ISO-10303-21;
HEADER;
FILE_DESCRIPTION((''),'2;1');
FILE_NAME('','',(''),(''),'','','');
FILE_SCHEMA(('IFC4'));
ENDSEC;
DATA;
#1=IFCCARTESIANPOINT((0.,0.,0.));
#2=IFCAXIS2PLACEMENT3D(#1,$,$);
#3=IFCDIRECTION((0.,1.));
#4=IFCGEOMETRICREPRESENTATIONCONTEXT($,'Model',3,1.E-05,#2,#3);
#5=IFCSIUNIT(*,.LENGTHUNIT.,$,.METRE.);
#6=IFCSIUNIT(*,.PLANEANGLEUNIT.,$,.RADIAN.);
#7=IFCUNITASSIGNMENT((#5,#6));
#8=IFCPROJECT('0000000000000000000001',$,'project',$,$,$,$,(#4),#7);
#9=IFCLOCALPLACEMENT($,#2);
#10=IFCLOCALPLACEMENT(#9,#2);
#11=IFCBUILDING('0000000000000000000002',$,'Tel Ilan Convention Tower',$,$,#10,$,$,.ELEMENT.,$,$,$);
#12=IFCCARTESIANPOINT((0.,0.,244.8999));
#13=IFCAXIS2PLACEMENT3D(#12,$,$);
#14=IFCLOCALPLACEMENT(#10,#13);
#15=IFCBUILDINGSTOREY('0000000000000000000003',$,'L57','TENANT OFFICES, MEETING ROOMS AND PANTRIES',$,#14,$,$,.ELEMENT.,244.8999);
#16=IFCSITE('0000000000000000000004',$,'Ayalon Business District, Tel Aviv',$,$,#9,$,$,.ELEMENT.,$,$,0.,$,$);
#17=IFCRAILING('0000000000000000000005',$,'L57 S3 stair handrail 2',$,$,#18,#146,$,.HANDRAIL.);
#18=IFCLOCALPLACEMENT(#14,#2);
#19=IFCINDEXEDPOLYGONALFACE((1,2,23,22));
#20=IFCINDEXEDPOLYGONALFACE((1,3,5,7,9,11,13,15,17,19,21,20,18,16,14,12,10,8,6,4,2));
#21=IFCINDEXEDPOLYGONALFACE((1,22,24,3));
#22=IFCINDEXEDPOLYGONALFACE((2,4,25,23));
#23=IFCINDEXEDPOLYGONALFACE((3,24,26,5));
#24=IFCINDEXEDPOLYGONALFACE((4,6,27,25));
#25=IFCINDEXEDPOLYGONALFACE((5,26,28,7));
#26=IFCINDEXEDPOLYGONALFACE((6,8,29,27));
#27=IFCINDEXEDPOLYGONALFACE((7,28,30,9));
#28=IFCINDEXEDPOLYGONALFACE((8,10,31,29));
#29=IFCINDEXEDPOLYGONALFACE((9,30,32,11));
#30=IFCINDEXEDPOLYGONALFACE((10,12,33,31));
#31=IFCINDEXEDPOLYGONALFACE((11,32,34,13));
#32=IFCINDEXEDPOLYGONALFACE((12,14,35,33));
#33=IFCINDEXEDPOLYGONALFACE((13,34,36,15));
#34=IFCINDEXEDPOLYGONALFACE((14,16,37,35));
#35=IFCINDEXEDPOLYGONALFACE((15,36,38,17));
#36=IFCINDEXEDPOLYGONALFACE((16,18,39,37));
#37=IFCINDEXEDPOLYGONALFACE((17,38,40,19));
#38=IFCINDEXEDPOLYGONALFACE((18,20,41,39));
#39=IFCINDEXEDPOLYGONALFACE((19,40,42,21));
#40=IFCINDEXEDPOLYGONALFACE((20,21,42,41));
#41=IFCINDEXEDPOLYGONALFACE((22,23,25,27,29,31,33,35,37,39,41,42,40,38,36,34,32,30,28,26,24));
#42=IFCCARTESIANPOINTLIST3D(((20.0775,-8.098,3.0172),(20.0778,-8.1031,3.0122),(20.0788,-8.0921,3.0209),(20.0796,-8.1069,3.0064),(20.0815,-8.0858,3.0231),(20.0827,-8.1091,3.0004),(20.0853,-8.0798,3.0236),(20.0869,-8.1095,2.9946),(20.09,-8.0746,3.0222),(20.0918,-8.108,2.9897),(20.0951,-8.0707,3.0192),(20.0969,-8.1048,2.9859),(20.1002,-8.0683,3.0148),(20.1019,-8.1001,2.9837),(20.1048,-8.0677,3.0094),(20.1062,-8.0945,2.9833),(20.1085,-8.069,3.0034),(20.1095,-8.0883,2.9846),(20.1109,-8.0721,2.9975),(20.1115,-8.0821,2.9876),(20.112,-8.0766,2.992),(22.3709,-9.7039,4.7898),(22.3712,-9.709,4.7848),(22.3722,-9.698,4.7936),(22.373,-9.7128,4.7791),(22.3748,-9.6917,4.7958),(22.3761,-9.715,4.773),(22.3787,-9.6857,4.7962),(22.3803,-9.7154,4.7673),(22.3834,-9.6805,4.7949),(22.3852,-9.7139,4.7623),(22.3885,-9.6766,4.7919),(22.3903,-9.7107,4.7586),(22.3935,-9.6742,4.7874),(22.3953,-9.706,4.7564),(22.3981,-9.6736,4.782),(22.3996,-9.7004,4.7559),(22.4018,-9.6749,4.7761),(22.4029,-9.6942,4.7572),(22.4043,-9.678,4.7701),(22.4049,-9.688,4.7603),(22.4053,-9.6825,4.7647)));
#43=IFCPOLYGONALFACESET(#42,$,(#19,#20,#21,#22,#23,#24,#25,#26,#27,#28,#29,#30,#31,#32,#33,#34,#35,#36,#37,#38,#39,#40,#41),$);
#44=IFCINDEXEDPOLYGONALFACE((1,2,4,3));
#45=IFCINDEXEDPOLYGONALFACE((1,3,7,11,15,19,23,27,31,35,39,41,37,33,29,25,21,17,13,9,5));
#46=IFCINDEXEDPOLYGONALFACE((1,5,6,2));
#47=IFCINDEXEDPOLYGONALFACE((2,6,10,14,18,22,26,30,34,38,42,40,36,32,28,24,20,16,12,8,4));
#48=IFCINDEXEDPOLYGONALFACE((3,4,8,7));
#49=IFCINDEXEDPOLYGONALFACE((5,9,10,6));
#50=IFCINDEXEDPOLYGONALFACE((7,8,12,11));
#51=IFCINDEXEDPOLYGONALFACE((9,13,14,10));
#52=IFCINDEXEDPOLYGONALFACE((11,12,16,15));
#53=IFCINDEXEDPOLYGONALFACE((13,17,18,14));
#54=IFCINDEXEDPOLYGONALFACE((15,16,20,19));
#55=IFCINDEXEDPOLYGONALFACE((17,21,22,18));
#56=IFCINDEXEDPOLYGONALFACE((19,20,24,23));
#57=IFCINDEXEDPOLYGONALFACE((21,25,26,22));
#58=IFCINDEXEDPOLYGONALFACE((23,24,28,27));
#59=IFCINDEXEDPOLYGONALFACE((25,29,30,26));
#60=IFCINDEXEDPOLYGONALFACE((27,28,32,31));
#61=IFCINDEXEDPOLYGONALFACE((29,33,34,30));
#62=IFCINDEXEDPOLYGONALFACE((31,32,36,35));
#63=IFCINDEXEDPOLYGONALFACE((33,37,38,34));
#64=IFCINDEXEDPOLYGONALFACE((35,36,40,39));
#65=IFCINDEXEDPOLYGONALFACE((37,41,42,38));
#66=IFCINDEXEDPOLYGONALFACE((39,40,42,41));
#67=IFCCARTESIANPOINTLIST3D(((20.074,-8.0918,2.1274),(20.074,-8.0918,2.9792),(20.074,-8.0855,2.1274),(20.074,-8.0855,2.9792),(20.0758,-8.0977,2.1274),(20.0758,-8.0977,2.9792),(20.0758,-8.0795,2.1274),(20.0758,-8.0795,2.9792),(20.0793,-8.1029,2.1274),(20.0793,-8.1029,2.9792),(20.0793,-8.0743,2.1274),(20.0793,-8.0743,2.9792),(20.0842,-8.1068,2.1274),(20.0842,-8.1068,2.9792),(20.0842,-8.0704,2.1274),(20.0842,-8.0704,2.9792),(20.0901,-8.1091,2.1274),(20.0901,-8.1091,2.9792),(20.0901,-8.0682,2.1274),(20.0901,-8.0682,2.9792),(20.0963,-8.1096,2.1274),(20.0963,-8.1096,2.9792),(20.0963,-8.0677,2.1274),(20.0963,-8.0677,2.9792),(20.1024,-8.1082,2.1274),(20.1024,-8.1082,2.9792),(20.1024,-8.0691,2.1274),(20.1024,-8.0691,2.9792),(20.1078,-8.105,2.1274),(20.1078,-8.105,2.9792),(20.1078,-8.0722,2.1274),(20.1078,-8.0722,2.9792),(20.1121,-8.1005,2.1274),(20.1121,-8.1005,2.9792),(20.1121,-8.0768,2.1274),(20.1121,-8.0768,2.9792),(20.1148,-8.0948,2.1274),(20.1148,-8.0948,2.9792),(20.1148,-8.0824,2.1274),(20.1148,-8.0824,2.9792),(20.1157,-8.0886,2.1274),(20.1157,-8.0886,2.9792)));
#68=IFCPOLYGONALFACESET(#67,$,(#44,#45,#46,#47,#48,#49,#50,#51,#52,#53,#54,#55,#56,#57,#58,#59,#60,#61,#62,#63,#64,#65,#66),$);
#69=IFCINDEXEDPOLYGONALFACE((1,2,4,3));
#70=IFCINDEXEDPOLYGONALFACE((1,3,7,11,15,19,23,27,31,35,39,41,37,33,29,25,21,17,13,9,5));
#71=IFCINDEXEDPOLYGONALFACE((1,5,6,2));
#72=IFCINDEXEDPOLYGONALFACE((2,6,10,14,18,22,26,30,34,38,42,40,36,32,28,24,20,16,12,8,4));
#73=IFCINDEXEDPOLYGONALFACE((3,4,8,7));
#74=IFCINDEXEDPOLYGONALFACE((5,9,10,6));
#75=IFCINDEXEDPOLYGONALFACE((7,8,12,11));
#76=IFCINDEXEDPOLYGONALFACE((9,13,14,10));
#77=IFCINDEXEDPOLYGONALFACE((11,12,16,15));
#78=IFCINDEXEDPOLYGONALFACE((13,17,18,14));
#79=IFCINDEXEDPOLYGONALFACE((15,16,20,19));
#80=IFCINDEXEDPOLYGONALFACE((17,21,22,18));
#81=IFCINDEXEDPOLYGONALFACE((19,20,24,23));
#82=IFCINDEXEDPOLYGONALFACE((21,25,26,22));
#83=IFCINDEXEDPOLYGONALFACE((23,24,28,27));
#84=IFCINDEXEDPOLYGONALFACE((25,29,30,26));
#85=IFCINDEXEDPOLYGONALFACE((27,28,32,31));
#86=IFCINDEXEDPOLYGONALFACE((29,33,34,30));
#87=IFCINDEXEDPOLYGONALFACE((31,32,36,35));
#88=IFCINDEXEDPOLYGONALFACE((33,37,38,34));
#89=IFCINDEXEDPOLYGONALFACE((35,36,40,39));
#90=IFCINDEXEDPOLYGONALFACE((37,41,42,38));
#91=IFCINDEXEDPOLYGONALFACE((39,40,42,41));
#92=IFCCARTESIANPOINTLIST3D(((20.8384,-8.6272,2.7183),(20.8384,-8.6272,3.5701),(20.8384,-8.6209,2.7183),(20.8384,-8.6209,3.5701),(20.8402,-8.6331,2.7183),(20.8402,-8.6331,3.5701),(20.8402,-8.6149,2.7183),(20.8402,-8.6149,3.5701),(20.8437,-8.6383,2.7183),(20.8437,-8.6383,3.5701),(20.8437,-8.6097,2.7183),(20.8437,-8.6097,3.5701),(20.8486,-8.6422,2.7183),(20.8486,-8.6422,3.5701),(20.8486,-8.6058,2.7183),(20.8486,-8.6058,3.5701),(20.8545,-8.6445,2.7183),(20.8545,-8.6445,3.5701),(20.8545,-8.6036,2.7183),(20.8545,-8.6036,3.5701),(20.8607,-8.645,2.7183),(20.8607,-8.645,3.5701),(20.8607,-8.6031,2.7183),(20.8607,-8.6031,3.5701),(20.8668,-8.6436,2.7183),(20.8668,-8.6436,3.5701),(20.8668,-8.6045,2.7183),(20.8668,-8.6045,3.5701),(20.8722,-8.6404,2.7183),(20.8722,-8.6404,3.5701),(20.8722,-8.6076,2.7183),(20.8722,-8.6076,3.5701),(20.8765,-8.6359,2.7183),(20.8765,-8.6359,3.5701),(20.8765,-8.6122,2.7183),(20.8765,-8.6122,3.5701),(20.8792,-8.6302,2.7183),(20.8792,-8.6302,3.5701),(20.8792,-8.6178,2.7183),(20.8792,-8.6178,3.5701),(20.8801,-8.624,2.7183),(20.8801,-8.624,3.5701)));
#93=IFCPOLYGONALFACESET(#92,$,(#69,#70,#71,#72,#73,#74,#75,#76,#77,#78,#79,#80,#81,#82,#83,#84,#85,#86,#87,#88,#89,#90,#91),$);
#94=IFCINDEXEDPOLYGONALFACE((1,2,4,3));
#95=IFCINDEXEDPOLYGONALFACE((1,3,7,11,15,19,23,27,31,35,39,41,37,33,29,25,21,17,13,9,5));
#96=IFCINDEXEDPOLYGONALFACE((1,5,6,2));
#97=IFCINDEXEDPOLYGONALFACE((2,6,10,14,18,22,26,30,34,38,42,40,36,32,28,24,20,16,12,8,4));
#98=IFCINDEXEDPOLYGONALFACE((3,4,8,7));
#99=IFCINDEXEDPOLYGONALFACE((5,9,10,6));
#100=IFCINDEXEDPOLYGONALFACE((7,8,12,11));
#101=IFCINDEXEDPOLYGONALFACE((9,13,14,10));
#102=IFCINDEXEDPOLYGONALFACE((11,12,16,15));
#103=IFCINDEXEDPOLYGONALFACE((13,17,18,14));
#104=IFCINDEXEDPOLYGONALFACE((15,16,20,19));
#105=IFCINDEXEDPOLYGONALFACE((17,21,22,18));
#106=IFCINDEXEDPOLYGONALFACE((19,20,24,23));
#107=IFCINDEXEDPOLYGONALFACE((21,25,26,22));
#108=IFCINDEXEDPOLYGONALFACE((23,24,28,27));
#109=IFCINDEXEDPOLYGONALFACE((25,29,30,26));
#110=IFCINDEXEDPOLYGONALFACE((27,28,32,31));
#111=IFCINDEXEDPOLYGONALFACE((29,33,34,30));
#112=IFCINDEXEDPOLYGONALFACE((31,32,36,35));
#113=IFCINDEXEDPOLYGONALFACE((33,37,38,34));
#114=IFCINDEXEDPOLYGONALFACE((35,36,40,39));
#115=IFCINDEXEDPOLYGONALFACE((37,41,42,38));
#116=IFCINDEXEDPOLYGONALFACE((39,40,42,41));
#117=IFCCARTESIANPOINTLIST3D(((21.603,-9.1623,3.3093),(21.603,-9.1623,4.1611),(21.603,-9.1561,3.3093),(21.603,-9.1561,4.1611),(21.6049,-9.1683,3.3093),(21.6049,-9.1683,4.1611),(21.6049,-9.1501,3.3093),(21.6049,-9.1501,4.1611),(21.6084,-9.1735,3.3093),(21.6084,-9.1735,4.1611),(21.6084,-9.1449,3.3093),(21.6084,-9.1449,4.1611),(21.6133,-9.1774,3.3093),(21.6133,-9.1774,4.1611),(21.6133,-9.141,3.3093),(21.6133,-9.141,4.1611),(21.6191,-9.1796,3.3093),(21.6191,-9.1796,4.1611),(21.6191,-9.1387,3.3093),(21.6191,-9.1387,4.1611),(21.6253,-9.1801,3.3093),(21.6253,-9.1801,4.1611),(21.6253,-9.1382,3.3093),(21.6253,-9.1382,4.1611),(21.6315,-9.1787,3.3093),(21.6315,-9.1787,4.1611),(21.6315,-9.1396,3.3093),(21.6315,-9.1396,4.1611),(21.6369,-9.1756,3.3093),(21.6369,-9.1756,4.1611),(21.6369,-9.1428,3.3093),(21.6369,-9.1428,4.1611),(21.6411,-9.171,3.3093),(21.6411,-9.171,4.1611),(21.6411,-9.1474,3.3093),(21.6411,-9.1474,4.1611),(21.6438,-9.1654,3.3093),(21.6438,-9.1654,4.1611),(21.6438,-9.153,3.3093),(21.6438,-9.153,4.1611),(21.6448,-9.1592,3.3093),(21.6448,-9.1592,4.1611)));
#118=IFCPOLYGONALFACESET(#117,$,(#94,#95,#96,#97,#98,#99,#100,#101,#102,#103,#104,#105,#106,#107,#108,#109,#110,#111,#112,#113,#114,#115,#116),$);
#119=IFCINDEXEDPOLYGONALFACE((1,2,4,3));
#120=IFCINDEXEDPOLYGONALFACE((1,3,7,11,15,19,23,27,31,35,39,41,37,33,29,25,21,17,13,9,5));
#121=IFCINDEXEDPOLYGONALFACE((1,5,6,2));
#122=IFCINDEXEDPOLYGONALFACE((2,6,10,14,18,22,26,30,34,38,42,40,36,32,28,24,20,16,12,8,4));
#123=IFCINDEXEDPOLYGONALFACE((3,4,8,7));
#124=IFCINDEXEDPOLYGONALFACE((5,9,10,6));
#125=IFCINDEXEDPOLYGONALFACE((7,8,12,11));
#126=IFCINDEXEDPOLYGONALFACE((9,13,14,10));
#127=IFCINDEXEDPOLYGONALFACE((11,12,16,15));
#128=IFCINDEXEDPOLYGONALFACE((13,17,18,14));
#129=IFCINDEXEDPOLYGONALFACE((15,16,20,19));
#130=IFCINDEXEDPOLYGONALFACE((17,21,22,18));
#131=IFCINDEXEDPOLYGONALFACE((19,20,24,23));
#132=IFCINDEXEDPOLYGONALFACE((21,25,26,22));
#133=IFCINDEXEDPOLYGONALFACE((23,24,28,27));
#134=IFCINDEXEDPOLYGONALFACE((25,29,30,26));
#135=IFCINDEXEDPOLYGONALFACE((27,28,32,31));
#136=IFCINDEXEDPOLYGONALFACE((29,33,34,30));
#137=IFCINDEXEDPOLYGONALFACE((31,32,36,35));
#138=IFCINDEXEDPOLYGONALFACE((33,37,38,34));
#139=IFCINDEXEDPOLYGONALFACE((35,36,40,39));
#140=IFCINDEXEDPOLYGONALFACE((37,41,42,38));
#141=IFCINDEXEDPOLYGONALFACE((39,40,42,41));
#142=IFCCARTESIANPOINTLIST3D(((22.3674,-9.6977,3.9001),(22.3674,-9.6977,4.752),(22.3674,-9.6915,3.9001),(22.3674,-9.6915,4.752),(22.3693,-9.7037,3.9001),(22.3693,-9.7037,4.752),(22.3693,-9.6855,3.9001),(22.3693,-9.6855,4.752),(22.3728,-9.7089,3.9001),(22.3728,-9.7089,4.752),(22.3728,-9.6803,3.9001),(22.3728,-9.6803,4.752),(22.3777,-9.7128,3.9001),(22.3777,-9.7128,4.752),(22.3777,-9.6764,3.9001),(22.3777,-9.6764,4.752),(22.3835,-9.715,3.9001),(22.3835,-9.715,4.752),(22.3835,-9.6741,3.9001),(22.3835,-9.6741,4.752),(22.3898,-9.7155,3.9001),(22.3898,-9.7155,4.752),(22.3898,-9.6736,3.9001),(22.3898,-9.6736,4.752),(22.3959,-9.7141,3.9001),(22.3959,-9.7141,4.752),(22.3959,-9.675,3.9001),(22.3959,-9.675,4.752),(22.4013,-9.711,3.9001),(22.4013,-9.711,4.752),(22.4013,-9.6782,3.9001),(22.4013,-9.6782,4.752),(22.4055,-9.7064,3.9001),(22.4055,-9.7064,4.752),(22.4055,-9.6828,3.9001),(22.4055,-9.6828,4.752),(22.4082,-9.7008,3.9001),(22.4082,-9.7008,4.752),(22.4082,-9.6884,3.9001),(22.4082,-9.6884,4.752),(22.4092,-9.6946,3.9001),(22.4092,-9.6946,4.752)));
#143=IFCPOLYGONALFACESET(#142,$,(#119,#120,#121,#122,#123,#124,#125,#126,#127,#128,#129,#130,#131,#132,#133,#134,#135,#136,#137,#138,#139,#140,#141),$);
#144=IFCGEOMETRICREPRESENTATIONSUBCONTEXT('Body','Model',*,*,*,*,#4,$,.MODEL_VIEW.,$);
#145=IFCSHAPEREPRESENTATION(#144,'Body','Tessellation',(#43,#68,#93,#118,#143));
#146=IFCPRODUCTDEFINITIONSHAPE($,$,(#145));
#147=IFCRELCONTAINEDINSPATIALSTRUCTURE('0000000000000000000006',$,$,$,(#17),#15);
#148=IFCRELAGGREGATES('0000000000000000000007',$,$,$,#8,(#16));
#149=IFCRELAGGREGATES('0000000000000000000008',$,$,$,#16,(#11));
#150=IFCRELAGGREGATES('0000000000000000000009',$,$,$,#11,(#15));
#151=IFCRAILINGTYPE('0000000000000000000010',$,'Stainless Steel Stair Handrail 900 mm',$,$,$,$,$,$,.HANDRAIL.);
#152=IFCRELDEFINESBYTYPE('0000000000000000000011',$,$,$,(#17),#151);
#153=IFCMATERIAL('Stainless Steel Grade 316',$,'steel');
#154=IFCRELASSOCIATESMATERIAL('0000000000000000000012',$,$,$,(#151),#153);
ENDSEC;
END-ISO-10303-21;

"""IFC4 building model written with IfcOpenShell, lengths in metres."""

from ifc_helpers import new_model, si_unit, direction, frame, origin, origin_2d, place, context, subcontext, project, spatial, circle, extrude, material, type_object, element, save


model = new_model("IFC4")

# Units and contexts
model_context = context("Model", 3, precision=1e-05, world=origin(), true_north=direction((0.0, 1.0)))
body_context = subcontext(model_context, "Body", "Model", "MODEL_VIEW")
ifc_project = project(units=[si_unit("LENGTHUNIT", "METRE"), si_unit("PLANEANGLEUNIT", "RADIAN")], contexts=[model_context])

# Site, building, storey
site_placement = place(None, origin())
site = spatial("IfcSite", under=ifc_project, at=site_placement, Name="Ayalon Business District, Tel Aviv", CompositionType="ELEMENT", RefElevation=0.0)
building_placement = place(site_placement, origin())
building = spatial("IfcBuilding", under=site, at=building_placement, Name="Tel Ilan Convention Tower", CompositionType="ELEMENT")
storey_placement = place(building_placement, frame((0.0, 0.0, 244.8999)))
storey = spatial("IfcBuildingStorey", under=building, at=storey_placement, Name="L57", Description="TENANT OFFICES, MEETING ROOMS AND PANTRIES", CompositionType="ELEMENT", Elevation=244.8999)

# Railing
ifc_material_1 = material(Name="Stainless Steel Grade 316", Category="steel")
railing_type_1 = type_object("IfcRailingType", Name="Stainless Steel Stair Handrail 900 mm", PredefinedType="HANDRAIL", material=ifc_material_1)
railing_1_placement = place(storey_placement, frame((20.0947, -8.0886, 2.1274)))
element("IfcRailing", 1, at=railing_1_placement, inside=storey, type_object=railing_type_1, Name="L57 S3 stair handrail 2", PredefinedType="HANDRAIL", context=body_context, shape_type="SweptSolid", body=[
    extrude(circle(Radius=0.0239, at=origin_2d()), frame((0.0, 0.0, 0.876), z_axis=(0.692085, -0.484621, 0.53494), x_axis=(0.573591, 0.819142, 0.0)), (0.0, 0.0, 1.0), 3.3137),
    extrude(circle(Radius=0.021, at=origin_2d()), origin(), (0.0, 0.0, 1.0), 0.8518),
    extrude(circle(Radius=0.021, at=origin_2d()), frame((0.7644, -0.5354, 0.5908)), (0.0, 0.0, 1.0), 0.8518),
    extrude(circle(Radius=0.021, at=origin_2d()), frame((1.5291, -1.0706, 1.1819)), (0.0, 0.0, 1.0), 0.8518),
    extrude(circle(Radius=0.021, at=origin_2d()), frame((2.2935, -1.606, 1.7727)), (0.0, 0.0, 1.0), 0.8518),
])

save(model, "model.ifc")
